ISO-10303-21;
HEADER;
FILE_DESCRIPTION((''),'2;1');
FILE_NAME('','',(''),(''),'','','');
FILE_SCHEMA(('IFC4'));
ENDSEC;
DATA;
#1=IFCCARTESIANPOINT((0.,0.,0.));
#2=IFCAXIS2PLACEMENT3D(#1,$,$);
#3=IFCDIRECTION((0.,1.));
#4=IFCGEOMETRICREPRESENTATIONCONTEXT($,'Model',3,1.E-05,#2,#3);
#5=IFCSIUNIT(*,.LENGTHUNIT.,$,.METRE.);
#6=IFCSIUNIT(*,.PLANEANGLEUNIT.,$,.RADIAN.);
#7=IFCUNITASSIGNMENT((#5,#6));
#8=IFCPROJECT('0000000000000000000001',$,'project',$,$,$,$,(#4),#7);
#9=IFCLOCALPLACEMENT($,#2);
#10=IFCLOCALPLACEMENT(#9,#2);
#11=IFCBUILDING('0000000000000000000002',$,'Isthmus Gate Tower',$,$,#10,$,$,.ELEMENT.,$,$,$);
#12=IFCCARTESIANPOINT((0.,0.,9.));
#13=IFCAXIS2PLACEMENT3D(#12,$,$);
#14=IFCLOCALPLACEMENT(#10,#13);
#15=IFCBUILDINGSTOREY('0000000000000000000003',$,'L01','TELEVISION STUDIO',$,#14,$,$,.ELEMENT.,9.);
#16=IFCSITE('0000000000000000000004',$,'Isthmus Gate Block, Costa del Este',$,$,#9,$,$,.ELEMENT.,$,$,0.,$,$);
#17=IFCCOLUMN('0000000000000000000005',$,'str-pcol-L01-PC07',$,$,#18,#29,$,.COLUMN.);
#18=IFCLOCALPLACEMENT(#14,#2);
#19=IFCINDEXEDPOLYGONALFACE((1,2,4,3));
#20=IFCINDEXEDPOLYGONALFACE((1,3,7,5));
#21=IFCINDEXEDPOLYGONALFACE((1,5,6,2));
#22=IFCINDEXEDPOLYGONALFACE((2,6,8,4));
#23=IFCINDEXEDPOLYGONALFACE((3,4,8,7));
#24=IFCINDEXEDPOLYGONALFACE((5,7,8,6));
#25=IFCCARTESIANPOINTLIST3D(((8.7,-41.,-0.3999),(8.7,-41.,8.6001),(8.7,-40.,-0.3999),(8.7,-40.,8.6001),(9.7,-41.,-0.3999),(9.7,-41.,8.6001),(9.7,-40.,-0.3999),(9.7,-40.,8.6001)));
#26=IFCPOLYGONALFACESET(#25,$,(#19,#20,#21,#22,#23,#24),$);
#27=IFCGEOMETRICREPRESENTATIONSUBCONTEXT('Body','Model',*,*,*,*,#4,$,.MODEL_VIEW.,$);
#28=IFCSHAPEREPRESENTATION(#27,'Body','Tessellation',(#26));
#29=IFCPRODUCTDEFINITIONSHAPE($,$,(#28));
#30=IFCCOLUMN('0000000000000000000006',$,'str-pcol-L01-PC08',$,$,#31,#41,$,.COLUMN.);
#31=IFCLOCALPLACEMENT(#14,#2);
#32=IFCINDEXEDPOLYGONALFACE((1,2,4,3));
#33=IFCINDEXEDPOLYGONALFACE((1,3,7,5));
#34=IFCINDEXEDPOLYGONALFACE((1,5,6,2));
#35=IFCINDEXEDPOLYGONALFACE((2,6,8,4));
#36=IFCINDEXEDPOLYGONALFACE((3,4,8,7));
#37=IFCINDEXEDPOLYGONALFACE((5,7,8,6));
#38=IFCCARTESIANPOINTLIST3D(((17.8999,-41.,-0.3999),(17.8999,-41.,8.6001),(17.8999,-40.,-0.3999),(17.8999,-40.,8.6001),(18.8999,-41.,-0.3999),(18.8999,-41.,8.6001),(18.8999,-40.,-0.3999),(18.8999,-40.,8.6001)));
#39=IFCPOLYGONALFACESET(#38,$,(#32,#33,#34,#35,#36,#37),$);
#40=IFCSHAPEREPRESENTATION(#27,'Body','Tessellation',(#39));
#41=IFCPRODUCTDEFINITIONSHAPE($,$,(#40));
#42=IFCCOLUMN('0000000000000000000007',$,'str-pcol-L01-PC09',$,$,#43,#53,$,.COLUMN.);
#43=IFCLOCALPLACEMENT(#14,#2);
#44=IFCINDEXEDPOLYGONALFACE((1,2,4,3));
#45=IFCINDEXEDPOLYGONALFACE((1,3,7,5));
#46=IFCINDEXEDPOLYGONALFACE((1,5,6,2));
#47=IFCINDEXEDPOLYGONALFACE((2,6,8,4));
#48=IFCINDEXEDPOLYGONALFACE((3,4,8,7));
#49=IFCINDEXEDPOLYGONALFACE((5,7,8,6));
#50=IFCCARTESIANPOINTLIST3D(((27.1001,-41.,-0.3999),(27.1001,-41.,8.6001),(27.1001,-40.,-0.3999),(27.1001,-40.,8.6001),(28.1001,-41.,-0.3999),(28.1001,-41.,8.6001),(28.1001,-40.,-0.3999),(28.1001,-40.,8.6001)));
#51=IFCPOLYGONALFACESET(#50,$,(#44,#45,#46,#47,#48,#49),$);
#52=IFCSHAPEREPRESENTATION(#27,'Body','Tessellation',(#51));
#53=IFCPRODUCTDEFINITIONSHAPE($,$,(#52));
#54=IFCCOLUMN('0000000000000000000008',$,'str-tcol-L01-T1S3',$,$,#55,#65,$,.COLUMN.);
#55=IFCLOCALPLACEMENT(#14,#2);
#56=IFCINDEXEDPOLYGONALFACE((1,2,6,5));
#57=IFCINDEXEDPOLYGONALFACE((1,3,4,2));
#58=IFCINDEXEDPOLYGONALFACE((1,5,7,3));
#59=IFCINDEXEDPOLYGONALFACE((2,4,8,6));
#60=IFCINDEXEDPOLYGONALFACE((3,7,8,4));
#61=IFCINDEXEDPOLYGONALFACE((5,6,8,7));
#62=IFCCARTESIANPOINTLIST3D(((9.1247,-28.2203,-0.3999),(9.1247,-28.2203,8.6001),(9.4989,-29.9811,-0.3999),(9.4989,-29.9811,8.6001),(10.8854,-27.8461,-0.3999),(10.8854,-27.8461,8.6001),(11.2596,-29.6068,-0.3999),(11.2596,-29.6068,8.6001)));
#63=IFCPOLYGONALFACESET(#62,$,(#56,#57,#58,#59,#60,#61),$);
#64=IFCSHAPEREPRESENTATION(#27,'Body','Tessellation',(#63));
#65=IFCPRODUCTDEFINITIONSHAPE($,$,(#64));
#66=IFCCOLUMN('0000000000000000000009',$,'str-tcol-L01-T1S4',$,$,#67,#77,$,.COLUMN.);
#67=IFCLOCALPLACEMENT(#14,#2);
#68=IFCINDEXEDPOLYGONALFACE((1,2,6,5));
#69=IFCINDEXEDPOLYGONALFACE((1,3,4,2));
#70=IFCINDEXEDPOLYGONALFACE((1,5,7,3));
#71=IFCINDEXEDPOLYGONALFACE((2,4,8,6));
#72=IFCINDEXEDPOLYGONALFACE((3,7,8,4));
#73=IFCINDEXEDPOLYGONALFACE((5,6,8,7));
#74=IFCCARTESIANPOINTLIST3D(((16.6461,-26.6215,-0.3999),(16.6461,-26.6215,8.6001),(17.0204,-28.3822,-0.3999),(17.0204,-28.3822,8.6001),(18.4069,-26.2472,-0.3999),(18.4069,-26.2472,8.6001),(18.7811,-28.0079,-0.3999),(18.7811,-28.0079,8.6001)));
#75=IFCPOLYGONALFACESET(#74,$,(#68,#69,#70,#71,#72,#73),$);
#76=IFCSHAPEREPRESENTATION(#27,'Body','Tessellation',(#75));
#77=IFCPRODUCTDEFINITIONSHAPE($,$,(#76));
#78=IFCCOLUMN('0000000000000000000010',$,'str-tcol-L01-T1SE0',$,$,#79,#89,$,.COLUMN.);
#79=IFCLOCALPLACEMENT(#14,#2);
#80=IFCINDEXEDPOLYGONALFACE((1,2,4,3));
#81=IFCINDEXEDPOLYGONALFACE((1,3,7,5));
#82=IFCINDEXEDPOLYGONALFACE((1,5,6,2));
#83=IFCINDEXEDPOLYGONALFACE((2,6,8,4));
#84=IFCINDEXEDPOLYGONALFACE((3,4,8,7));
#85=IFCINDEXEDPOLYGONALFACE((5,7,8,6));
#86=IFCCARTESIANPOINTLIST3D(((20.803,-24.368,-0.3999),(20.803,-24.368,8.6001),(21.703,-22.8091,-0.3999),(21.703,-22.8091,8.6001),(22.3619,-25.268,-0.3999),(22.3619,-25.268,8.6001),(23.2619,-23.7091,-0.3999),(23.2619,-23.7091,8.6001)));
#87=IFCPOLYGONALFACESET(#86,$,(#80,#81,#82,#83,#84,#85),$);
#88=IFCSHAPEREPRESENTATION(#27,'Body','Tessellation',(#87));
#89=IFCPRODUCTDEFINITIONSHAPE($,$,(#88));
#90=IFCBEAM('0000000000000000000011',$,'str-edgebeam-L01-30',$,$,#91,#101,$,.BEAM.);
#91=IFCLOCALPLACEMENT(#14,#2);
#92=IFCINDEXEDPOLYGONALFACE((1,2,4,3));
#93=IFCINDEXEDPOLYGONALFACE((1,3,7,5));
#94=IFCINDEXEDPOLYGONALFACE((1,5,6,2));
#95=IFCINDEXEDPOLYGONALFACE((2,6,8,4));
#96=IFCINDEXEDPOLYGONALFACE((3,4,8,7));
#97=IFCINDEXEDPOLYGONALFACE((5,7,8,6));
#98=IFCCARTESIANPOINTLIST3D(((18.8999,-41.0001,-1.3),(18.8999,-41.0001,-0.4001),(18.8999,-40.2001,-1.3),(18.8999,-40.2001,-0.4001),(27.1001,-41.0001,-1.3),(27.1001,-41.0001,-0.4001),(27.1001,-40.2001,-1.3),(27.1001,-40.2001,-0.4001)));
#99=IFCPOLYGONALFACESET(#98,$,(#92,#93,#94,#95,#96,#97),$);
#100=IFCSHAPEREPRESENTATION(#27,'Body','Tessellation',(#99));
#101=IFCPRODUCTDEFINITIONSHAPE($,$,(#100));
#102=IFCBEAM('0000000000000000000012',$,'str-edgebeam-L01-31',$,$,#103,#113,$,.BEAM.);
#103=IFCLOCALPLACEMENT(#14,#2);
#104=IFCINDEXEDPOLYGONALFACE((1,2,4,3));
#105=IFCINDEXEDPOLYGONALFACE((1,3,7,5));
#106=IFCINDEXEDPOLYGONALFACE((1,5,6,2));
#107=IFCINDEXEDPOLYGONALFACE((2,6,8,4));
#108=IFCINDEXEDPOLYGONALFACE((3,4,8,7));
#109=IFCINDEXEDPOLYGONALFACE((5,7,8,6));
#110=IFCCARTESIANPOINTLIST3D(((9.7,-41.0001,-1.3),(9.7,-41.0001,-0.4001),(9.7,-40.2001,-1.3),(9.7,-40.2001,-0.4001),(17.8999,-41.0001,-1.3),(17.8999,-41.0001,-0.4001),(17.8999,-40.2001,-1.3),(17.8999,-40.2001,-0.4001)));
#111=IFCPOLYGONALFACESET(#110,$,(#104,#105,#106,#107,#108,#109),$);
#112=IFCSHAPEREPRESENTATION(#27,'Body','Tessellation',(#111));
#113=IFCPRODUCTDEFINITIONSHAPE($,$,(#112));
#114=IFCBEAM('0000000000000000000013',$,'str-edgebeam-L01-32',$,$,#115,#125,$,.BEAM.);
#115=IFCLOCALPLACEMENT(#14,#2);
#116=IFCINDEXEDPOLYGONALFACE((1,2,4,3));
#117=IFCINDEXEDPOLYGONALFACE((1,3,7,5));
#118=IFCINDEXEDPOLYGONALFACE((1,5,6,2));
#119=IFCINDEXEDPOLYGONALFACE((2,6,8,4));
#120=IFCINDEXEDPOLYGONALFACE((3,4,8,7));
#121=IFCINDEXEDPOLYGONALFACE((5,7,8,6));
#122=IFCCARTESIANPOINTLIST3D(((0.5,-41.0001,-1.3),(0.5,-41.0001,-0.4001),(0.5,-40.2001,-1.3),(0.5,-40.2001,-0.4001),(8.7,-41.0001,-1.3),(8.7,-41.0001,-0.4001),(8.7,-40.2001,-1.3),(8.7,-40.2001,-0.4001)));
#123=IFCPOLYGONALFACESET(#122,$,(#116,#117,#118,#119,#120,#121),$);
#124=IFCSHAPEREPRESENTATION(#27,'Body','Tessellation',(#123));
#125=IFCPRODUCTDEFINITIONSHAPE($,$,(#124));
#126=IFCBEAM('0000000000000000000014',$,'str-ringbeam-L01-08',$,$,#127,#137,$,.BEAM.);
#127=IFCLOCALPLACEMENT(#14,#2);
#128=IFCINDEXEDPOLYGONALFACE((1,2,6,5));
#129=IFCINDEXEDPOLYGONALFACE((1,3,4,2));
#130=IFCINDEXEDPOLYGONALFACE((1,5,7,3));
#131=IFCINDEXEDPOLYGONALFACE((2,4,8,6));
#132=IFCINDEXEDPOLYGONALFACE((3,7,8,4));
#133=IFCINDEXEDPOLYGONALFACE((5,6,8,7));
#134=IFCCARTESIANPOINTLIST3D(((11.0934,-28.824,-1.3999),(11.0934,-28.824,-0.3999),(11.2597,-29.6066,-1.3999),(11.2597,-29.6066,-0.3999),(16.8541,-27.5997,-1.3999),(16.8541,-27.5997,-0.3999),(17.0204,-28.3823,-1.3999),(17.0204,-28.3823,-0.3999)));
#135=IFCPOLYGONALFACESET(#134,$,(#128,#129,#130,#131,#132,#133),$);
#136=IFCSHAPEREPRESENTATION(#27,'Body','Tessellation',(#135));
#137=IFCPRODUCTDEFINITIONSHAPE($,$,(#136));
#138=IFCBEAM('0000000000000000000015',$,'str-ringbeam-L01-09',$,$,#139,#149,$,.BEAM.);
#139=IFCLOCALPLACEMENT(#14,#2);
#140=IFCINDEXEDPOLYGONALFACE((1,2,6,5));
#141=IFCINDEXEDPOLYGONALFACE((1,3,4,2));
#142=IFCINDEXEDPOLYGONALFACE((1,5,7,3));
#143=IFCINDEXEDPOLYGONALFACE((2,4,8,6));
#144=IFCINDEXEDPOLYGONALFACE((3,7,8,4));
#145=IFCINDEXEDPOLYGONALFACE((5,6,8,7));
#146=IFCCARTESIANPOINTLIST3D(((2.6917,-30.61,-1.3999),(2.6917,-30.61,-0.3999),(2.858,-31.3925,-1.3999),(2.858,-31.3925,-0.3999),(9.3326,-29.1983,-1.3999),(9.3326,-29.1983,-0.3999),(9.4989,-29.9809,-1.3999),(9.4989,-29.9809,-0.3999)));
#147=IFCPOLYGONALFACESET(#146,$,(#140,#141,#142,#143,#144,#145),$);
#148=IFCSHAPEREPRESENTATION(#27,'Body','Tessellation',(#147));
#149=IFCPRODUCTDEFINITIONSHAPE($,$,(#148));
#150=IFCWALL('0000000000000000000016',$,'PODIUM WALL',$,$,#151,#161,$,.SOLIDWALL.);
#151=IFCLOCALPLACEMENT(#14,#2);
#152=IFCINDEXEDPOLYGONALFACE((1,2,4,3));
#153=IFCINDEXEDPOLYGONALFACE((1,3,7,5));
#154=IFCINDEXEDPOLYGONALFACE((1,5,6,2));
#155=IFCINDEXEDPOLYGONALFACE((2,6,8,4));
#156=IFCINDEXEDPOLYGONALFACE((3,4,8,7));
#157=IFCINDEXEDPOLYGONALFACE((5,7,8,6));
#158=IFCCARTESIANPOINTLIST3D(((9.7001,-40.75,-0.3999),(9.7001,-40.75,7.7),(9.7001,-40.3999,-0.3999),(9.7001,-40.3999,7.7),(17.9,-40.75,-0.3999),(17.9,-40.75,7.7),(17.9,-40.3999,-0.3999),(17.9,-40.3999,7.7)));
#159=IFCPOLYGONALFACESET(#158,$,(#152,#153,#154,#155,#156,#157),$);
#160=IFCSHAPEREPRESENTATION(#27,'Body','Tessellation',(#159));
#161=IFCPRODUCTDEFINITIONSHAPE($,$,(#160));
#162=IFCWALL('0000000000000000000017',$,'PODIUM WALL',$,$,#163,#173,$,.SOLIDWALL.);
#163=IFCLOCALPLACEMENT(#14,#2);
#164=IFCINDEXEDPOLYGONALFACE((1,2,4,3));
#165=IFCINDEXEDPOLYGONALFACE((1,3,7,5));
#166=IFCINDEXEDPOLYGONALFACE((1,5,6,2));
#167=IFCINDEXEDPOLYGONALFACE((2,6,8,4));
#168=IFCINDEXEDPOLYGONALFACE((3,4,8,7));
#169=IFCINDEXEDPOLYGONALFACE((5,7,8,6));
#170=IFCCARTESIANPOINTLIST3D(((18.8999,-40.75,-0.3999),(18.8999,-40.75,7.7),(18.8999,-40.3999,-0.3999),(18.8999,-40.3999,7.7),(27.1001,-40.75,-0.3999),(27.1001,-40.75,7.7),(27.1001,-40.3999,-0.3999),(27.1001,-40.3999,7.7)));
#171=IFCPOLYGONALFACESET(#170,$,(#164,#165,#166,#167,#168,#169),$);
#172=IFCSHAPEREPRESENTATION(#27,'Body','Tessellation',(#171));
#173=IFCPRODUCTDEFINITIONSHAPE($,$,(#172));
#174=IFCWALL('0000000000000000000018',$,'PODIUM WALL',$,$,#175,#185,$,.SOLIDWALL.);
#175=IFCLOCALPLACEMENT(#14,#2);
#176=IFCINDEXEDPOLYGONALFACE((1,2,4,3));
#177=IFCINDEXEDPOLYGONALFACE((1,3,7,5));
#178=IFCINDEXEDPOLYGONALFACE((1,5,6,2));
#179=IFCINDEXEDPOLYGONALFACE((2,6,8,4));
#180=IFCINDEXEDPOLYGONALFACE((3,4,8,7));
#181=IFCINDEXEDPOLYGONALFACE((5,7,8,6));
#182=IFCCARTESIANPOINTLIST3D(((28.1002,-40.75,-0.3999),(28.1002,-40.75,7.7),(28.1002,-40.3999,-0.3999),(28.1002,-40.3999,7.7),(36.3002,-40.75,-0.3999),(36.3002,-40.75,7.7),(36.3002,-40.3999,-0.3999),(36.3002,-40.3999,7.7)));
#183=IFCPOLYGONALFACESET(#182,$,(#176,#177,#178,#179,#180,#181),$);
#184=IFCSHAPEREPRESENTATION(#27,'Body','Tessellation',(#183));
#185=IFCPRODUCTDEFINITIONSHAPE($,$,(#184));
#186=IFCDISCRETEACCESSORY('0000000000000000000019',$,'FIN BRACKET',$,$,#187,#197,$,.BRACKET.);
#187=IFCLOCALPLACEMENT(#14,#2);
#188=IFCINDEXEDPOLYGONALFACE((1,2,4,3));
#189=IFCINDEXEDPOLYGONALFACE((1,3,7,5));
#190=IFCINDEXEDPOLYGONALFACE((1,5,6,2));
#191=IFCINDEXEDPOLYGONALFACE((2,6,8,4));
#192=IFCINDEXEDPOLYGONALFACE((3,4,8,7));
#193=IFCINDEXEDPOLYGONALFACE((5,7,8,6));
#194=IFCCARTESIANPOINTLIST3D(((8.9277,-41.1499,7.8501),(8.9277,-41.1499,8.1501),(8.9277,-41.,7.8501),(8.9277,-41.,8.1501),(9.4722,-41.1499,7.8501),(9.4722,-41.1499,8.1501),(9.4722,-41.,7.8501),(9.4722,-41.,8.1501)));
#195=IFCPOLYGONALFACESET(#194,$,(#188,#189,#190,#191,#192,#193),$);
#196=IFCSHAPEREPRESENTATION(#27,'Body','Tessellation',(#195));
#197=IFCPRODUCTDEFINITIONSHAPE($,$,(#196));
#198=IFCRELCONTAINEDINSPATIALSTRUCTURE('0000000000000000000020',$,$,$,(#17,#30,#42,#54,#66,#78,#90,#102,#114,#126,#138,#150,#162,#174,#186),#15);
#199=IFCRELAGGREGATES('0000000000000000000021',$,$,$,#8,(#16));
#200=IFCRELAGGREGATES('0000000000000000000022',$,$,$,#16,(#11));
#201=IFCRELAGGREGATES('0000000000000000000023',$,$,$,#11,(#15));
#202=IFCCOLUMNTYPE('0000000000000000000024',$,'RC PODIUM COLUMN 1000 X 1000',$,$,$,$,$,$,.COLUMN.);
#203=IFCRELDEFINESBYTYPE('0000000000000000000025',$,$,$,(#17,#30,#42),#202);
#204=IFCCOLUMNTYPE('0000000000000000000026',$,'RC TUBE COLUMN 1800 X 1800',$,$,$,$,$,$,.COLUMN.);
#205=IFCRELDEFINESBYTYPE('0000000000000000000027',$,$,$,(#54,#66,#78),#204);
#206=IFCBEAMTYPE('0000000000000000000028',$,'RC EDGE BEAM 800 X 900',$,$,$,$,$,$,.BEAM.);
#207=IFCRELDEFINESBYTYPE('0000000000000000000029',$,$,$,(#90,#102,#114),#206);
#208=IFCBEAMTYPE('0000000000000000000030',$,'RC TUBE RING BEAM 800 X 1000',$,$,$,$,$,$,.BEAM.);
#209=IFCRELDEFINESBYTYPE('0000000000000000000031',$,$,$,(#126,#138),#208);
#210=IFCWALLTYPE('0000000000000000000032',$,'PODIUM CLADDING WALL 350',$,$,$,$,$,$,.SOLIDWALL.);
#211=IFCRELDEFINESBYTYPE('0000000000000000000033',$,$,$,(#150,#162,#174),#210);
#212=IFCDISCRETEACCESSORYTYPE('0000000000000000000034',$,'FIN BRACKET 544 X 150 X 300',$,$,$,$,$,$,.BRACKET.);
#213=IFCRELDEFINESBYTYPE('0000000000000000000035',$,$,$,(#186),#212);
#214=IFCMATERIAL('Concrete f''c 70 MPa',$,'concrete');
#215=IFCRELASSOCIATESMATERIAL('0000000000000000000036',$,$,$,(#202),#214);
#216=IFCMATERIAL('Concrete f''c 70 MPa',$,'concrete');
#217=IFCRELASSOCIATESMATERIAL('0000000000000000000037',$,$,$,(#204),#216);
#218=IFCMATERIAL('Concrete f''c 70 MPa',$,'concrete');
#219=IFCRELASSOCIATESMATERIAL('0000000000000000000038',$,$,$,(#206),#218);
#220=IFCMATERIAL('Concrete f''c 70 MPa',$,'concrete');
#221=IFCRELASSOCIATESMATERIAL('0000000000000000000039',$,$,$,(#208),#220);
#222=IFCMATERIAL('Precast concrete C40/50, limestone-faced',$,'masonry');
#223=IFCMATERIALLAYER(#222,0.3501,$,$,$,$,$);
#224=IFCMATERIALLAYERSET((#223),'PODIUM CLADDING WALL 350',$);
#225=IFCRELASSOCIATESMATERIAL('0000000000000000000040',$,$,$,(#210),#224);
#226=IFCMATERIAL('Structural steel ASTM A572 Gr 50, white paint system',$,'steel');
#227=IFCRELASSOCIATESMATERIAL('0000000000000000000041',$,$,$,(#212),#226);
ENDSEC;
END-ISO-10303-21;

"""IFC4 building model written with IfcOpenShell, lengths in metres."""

from ifc_helpers import new_model, si_unit, direction, frame, frame_2d, origin, origin_2d, place, context, subcontext, project, spatial, rectangle, extrude, material, layer, layer_set, material_profile, profile_set, type_object, element, save


model = new_model("IFC4")

# Units and contexts
model_context = context("Model", 3, precision=1e-05, world=origin(), true_north=direction((0.0, 1.0)))
body_context = subcontext(model_context, "Body", "Model", "MODEL_VIEW")
ifc_project = project(units=[si_unit("LENGTHUNIT", "METRE"), si_unit("PLANEANGLEUNIT", "RADIAN")], contexts=[model_context])

# Site, building, storey
site_placement = place(None, origin())
site = spatial("IfcSite", under=ifc_project, at=site_placement, Name="Isthmus Gate Block, Costa del Este", CompositionType="ELEMENT", RefElevation=0.0)
building_placement = place(site_placement, origin())
building = spatial("IfcBuilding", under=site, at=building_placement, Name="Isthmus Gate Tower", CompositionType="ELEMENT")
storey_placement = place(building_placement, frame((0.0, 0.0, 9.0)))
storey = spatial("IfcBuildingStorey", under=building, at=storey_placement, Name="L01", Description="TELEVISION STUDIO", CompositionType="ELEMENT", Elevation=9.0)

# Columns
ifc_material_1 = material(Name="Concrete f'c 70 MPa", Category="concrete")
ifc_material_profile_1 = material_profile(ifc_material_1, rectangle(XDim=1.0, YDim=1.0, at=origin_2d()), Name="RC 1000X1000")
ifc_profile_set_1 = profile_set([ifc_material_profile_1], Name="Concrete f'c 70 MPa")
column_type_1 = type_object("IfcColumnType", Name="RC PODIUM COLUMN 1000 X 1000", PredefinedType="COLUMN", material=ifc_profile_set_1)
for number, where, z_axis, x_axis, name in (
    (1, (9.2, -40.5, -0.3999), (0.0, 0.0, 1.0), (1.0, 0.0, 0.0), "str-pcol-L01-PC07"),
    (2, (18.3999, -40.5, -0.3999), (0.0, 0.0, 1.0), (1.0, 0.0, 0.0), "str-pcol-L01-PC08"),
    (3, (27.6001, -40.5, -0.3999), (0.0, 0.0, 1.0), (1.0, 0.0, 0.0), "str-pcol-L01-PC09"),
):
    element("IfcColumn", number, at=place(storey_placement, frame(where, z_axis=z_axis, x_axis=x_axis)), inside=storey, type_object=column_type_1, Name=name, PredefinedType="COLUMN", context=body_context, shape_type="SweptSolid", body=[
        extrude(rectangle(XDim=1.0, YDim=1.0, at=origin_2d()), origin(), (0.0, 0.0, 1.0), 9.0),
    ])
ifc_material_2 = material(Name="Concrete f'c 70 MPa", Category="concrete")
ifc_material_profile_2 = material_profile(ifc_material_2, rectangle(XDim=1.8, YDim=1.8, at=origin_2d()), Name="RC 1800X1800")
ifc_profile_set_2 = profile_set([ifc_material_profile_2], Name="Concrete f'c 70 MPa")
column_type_2 = type_object("IfcColumnType", Name="RC TUBE COLUMN 1800 X 1800", PredefinedType="COLUMN", material=ifc_profile_set_2)
for number, where, z_axis, x_axis, name in (
    (4, (10.1921, -28.9136, -0.3999), (0.0, 0.0, 1.0), (0.978148, 0.207912, 0.0), "str-tcol-L01-T1S3"),
    (5, (17.7136, -27.3147, -0.3999), (0.0, 0.0, 1.0), (0.978148, 0.207912, 0.0), "str-tcol-L01-T1S4"),
    (6, (22.0325, -24.0386, -0.3999), (0.0, 0.0, 1.0), (0.5, 0.866025, 0.0), "str-tcol-L01-T1SE0"),
):
    element("IfcColumn", number, at=place(storey_placement, frame(where, z_axis=z_axis, x_axis=x_axis)), inside=storey, type_object=column_type_2, Name=name, PredefinedType="COLUMN", context=body_context, shape_type="SweptSolid", body=[
        extrude(rectangle(XDim=1.8, YDim=1.8, at=origin_2d()), origin(), (0.0, 0.0, 1.0), 9.0),
    ])

# Beams
ifc_material_3 = material(Name="Concrete f'c 70 MPa", Category="concrete")
ifc_material_profile_3 = material_profile(ifc_material_3, rectangle(XDim=0.8, YDim=0.8999, at=origin_2d()), Name="RC 800X900")
ifc_profile_set_3 = profile_set([ifc_material_profile_3], Name="Concrete f'c 70 MPa")
beam_type_1 = type_object("IfcBeamType", Name="RC EDGE BEAM 800 X 900", PredefinedType="BEAM", material=ifc_profile_set_3)
beam_1_placement = place(storey_placement, frame((27.1001, -40.6001, -0.8501), z_axis=(-1.0, 0.0, 0.0), x_axis=(0.0, -1.0, 0.0)))
element("IfcBeam", 7, at=beam_1_placement, inside=storey, type_object=beam_type_1, Name="str-edgebeam-L01-30", PredefinedType="BEAM", context=body_context, shape_type="SweptSolid", body=[
    extrude(rectangle(XDim=0.8, YDim=0.8999, at=origin_2d()), origin(), (0.0, 0.0, 1.0), 8.2002),
])
for number, where, z_axis, x_axis, name in (
    (8, (17.8999, -40.6001, -0.8501), (-1.0, 0.0, 0.0), (0.0, -1.0, 0.0), "str-edgebeam-L01-31"),
    (9, (8.7, -40.6001, -0.8501), (-1.0, 0.0, 0.0), (0.0, -1.0, 0.0), "str-edgebeam-L01-32"),
):
    element("IfcBeam", number, at=place(storey_placement, frame(where, z_axis=z_axis, x_axis=x_axis)), inside=storey, type_object=beam_type_1, Name=name, PredefinedType="BEAM", context=body_context, shape_type="SweptSolid", body=[
        extrude(rectangle(XDim=0.8, YDim=0.8999, at=origin_2d()), origin(), (0.0, 0.0, 1.0), 8.2),
    ])
ifc_material_4 = material(Name="Concrete f'c 70 MPa", Category="concrete")
ifc_material_profile_4 = material_profile(ifc_material_4, rectangle(XDim=0.8, YDim=1.0, at=origin_2d()), Name="RC 800X1000")
ifc_profile_set_4 = profile_set([ifc_material_profile_4], Name="Concrete f'c 70 MPa")
beam_type_2 = type_object("IfcBeamType", Name="RC TUBE RING BEAM 800 X 1000", PredefinedType="BEAM", material=ifc_profile_set_4)
beam_2_placement = place(storey_placement, frame((16.9373, -27.991, -0.8999), z_axis=(-0.978152, -0.207892, 0.0), x_axis=(0.207892, -0.978152, 0.0)))
element("IfcBeam", 10, at=beam_2_placement, inside=storey, type_object=beam_type_2, Name="str-ringbeam-L01-08", PredefinedType="BEAM", context=body_context, shape_type="SweptSolid", body=[
    extrude(rectangle(XDim=0.8, YDim=1.0, at=origin_2d()), origin(), (0.0, 0.0, 1.0), 5.8894),
])
beam_3_placement = place(storey_placement, frame((9.4158, -29.5896, -0.8999), z_axis=(-0.978146, -0.20792, 0.0), x_axis=(0.20792, -0.978146, 0.0)))
element("IfcBeam", 11, at=beam_3_placement, inside=storey, type_object=beam_type_2, Name="str-ringbeam-L01-09", PredefinedType="BEAM", context=body_context, shape_type="SweptSolid", body=[
    extrude(rectangle(XDim=0.8, YDim=1.0, at=origin_2d()), origin(), (0.0, 0.0, 1.0), 6.7893),
])

# Walls
ifc_material_5 = material(Name="Precast concrete C40/50, limestone-faced", Category="masonry")
ifc_layer = layer(ifc_material_5, 0.3501)
ifc_layer_set = layer_set([ifc_layer], Name="PODIUM CLADDING WALL 350")
wall_type = type_object("IfcWallType", Name="PODIUM CLADDING WALL 350", PredefinedType="SOLIDWALL", material=ifc_layer_set)
wall_1_placement = place(storey_placement, frame((9.7, -40.575, -0.3999), z_axis=(0.0, 0.0, 1.0), x_axis=(1.0, 0.0, 0.0)))
element("IfcWall", 12, at=wall_1_placement, inside=storey, type_object=wall_type, Name="PODIUM WALL", PredefinedType="SOLIDWALL", context=body_context, shape_type="SweptSolid", body=[
    extrude(rectangle(XDim=8.2, YDim=0.3501, at=frame_2d((4.1001, 0.0))), origin(), (0.0, 0.0, 1.0), 8.0999),
])
wall_2_placement = place(storey_placement, frame((18.8999, -40.575, -0.3999), z_axis=(0.0, 0.0, 1.0), x_axis=(1.0, 0.0, 0.0)))
element("IfcWall", 13, at=wall_2_placement, inside=storey, type_object=wall_type, Name="PODIUM WALL", PredefinedType="SOLIDWALL", context=body_context, shape_type="SweptSolid", body=[
    extrude(rectangle(XDim=8.2002, YDim=0.3501, at=frame_2d((4.1001, 0.0))), origin(), (0.0, 0.0, 1.0), 8.0999),
])
wall_3_placement = place(storey_placement, frame((28.1001, -40.575, -0.3999), z_axis=(0.0, 0.0, 1.0), x_axis=(1.0, 0.0, 0.0)))
element("IfcWall", 14, at=wall_3_placement, inside=storey, type_object=wall_type, Name="PODIUM WALL", PredefinedType="SOLIDWALL", context=body_context, shape_type="SweptSolid", body=[
    extrude(rectangle(XDim=8.2, YDim=0.3501, at=frame_2d((4.1001, 0.0))), origin(), (0.0, 0.0, 1.0), 8.0999),
])

# Discrete accessory
ifc_material_6 = material(Name="Structural steel ASTM A572 Gr 50, white paint system", Category="steel")
discrete_accessory_type_1 = type_object("IfcDiscreteAccessoryType", Name="FIN BRACKET 544 X 150 X 300", PredefinedType="BRACKET", material=ifc_material_6)
for number, where, z_axis, x_axis, name in (
    (15, (9.2, -41.075, 7.8501), (0.0, 0.0, 1.0), (0.0, -1.0, 0.0), "FIN BRACKET"),
):
    element("IfcDiscreteAccessory", number, at=place(storey_placement, frame(where, z_axis=z_axis, x_axis=x_axis)), inside=storey, type_object=discrete_accessory_type_1, Name=name, PredefinedType="BRACKET", context=body_context, shape_type="SweptSolid", body=[
        extrude(rectangle(XDim=0.1499, YDim=0.5444, at=origin_2d()), origin(), (0.0, 0.0, 1.0), 0.3),
    ])

save(model, "model.ifc")
